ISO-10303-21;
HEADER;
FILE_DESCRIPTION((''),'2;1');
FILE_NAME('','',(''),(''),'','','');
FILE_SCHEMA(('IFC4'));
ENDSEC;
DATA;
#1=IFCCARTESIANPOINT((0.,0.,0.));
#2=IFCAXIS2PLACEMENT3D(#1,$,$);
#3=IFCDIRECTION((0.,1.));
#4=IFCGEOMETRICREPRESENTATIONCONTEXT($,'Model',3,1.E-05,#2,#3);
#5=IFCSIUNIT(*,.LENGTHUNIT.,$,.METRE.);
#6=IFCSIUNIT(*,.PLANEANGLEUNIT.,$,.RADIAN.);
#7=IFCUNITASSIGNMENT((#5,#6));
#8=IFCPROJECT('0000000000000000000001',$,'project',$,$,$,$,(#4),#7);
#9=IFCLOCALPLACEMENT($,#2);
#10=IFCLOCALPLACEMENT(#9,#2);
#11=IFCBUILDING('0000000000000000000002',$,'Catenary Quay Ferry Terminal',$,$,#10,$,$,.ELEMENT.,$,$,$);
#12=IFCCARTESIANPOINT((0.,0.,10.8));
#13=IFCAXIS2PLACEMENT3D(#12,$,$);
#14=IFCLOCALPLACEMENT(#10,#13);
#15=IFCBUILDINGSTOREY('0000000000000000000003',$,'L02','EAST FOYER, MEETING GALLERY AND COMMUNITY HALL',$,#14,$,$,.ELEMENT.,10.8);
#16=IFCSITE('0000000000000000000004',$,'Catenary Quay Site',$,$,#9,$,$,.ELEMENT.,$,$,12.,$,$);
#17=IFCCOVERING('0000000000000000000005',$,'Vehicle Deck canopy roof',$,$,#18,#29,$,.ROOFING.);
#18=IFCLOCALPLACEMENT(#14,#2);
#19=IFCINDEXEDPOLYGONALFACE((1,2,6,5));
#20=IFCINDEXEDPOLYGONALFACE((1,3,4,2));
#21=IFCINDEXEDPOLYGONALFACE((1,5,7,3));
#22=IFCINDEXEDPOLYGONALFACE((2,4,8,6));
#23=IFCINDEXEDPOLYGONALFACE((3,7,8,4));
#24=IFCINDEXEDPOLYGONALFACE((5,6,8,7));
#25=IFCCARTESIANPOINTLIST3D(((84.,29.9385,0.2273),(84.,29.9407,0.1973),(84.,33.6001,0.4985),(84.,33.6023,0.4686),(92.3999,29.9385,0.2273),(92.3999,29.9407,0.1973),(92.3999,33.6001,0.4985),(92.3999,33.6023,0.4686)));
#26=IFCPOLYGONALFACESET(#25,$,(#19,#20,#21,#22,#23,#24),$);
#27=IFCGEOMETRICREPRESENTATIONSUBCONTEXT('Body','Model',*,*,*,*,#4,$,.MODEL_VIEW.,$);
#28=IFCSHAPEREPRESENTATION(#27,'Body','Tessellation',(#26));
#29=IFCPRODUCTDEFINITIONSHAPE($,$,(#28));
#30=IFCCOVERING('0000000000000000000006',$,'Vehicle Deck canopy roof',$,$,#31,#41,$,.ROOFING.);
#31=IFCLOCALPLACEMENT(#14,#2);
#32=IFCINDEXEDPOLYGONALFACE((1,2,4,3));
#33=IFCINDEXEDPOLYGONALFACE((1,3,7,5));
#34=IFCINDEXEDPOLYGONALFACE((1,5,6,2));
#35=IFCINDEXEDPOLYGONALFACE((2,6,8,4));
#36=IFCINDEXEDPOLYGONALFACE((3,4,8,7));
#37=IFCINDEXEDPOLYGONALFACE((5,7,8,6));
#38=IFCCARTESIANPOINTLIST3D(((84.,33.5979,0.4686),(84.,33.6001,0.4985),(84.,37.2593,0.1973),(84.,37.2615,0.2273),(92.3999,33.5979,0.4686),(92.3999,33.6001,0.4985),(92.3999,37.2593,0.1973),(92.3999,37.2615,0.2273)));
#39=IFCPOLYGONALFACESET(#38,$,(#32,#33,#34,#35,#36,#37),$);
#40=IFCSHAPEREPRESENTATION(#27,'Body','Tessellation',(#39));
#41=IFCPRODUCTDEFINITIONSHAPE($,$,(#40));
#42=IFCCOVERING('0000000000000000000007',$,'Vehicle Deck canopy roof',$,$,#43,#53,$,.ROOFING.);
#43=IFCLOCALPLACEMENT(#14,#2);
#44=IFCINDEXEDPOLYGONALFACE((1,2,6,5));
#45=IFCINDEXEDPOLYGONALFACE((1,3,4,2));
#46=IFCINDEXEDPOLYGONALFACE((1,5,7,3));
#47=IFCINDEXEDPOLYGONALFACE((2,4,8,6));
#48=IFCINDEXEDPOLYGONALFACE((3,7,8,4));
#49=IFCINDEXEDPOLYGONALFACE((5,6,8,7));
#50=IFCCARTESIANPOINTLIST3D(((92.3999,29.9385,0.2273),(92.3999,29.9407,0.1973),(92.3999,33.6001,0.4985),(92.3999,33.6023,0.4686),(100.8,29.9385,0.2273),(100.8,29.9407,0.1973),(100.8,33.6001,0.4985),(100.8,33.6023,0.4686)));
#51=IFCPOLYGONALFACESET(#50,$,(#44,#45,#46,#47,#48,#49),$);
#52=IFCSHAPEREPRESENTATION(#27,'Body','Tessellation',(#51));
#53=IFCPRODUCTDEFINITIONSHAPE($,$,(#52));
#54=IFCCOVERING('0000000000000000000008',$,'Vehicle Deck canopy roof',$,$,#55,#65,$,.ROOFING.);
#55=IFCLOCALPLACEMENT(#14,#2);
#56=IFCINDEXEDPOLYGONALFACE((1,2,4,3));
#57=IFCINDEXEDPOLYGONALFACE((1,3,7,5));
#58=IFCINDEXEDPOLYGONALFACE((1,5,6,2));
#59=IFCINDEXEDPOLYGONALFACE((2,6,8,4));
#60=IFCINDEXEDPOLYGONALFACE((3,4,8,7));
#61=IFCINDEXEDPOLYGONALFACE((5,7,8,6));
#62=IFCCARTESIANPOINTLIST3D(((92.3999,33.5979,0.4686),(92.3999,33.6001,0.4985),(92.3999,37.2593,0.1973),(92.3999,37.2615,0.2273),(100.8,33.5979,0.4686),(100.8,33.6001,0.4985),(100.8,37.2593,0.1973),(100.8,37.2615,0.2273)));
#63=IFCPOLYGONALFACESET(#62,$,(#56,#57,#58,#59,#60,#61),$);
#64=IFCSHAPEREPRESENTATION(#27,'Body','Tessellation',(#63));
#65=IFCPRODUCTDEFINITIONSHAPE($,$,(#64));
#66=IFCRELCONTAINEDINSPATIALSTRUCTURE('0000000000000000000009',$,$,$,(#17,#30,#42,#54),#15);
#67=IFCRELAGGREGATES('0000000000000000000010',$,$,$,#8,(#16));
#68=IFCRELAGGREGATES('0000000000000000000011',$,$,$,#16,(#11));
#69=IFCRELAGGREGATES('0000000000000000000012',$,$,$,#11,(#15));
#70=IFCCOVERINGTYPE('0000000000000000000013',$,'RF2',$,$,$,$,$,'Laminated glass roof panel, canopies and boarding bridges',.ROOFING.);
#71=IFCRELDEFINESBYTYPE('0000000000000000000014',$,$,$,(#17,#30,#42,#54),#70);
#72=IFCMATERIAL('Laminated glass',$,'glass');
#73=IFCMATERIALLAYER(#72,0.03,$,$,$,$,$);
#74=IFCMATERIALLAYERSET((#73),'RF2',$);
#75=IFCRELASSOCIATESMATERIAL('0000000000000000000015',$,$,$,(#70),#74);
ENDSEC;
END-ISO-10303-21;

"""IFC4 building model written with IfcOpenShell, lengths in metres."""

from ifc_helpers import new_model, si_unit, direction, frame, origin, place, context, subcontext, project, spatial, polyline, outline, extrude, material, layer, layer_set, type_object, element, save


model = new_model("IFC4")

# Units and contexts
model_context = context("Model", 3, precision=1e-05, world=origin(), true_north=direction((0.0, 1.0)))
body_context = subcontext(model_context, "Body", "Model", "MODEL_VIEW")
ifc_project = project(units=[si_unit("LENGTHUNIT", "METRE"), si_unit("PLANEANGLEUNIT", "RADIAN")], contexts=[model_context])

# Site, building, storey
site_placement = place(None, origin())
site = spatial("IfcSite", under=ifc_project, at=site_placement, Name="Catenary Quay Site", CompositionType="ELEMENT", RefElevation=12.0)
building_placement = place(site_placement, origin())
building = spatial("IfcBuilding", under=site, at=building_placement, Name="Catenary Quay Ferry Terminal", CompositionType="ELEMENT")
storey_placement = place(building_placement, frame((0.0, 0.0, 10.8)))
storey = spatial("IfcBuildingStorey", under=building, at=storey_placement, Name="L02", Description="EAST FOYER, MEETING GALLERY AND COMMUNITY HALL", CompositionType="ELEMENT", Elevation=10.8)

# Coverings
ifc_material_1 = material(Name="Laminated glass", Category="glass")
ifc_layer_1 = layer(ifc_material_1, 0.03)
ifc_layer_set_1 = layer_set([ifc_layer_1], Name="RF2")
covering_type = type_object("IfcCoveringType", Name="RF2", ElementType="Laminated glass roof panel, canopies and boarding bridges", PredefinedType="ROOFING", material=ifc_layer_set_1)
covering_1_placement = place(storey_placement, frame((84.0, 29.9385, 0.2273), z_axis=(0.0, -0.073874, 0.997268), x_axis=(1.0, 0.0, 0.0)))
element("IfcCovering", 1, at=covering_1_placement, inside=storey, type_object=covering_type, Name="Vehicle Deck canopy roof", PredefinedType="ROOFING", context=body_context, shape_type="SweptSolid", body=[
    extrude(outline(polyline([(0.0, 0.0), (8.3999, 0.0), (8.3999, 3.6717), (0.0, 3.6717), (0.0, 0.0)])), origin(), (0.0, 0.0, -1.0), 0.03),
])
covering_2_placement = place(storey_placement, frame((84.0, 33.6001, 0.4985), z_axis=(0.0, 0.073879, 0.997267), x_axis=(1.0, 0.0, 0.0)))
element("IfcCovering", 2, at=covering_2_placement, inside=storey, type_object=covering_type, Name="Vehicle Deck canopy roof", PredefinedType="ROOFING", context=body_context, shape_type="SweptSolid", body=[
    extrude(outline(polyline([(0.0, 0.0), (8.3999, 0.0), (8.3999, 3.6714), (0.0, 3.6714), (0.0, 0.0)])), origin(), (0.0, 0.0, -1.0), 0.03),
])
covering_3_placement = place(storey_placement, frame((92.3999, 29.9385, 0.2273), z_axis=(0.0, -0.073874, 0.997268), x_axis=(1.0, 0.0, 0.0)))
element("IfcCovering", 3, at=covering_3_placement, inside=storey, type_object=covering_type, Name="Vehicle Deck canopy roof", PredefinedType="ROOFING", context=body_context, shape_type="SweptSolid", body=[
    extrude(outline(polyline([(0.0, 0.0), (8.4001, 0.0), (8.4001, 3.6717), (0.0, 3.6717), (0.0, 0.0)])), origin(), (0.0, 0.0, -1.0), 0.03),
])
covering_4_placement = place(storey_placement, frame((92.3999, 33.6001, 0.4985), z_axis=(0.0, 0.073879, 0.997267), x_axis=(1.0, 0.0, 0.0)))
element("IfcCovering", 4, at=covering_4_placement, inside=storey, type_object=covering_type, Name="Vehicle Deck canopy roof", PredefinedType="ROOFING", context=body_context, shape_type="SweptSolid", body=[
    extrude(outline(polyline([(0.0, 0.0), (8.4001, 0.0), (8.4001, 3.6714), (0.0, 3.6714), (0.0, 0.0)])), origin(), (0.0, 0.0, -1.0), 0.03),
])

save(model, "model.ifc")
